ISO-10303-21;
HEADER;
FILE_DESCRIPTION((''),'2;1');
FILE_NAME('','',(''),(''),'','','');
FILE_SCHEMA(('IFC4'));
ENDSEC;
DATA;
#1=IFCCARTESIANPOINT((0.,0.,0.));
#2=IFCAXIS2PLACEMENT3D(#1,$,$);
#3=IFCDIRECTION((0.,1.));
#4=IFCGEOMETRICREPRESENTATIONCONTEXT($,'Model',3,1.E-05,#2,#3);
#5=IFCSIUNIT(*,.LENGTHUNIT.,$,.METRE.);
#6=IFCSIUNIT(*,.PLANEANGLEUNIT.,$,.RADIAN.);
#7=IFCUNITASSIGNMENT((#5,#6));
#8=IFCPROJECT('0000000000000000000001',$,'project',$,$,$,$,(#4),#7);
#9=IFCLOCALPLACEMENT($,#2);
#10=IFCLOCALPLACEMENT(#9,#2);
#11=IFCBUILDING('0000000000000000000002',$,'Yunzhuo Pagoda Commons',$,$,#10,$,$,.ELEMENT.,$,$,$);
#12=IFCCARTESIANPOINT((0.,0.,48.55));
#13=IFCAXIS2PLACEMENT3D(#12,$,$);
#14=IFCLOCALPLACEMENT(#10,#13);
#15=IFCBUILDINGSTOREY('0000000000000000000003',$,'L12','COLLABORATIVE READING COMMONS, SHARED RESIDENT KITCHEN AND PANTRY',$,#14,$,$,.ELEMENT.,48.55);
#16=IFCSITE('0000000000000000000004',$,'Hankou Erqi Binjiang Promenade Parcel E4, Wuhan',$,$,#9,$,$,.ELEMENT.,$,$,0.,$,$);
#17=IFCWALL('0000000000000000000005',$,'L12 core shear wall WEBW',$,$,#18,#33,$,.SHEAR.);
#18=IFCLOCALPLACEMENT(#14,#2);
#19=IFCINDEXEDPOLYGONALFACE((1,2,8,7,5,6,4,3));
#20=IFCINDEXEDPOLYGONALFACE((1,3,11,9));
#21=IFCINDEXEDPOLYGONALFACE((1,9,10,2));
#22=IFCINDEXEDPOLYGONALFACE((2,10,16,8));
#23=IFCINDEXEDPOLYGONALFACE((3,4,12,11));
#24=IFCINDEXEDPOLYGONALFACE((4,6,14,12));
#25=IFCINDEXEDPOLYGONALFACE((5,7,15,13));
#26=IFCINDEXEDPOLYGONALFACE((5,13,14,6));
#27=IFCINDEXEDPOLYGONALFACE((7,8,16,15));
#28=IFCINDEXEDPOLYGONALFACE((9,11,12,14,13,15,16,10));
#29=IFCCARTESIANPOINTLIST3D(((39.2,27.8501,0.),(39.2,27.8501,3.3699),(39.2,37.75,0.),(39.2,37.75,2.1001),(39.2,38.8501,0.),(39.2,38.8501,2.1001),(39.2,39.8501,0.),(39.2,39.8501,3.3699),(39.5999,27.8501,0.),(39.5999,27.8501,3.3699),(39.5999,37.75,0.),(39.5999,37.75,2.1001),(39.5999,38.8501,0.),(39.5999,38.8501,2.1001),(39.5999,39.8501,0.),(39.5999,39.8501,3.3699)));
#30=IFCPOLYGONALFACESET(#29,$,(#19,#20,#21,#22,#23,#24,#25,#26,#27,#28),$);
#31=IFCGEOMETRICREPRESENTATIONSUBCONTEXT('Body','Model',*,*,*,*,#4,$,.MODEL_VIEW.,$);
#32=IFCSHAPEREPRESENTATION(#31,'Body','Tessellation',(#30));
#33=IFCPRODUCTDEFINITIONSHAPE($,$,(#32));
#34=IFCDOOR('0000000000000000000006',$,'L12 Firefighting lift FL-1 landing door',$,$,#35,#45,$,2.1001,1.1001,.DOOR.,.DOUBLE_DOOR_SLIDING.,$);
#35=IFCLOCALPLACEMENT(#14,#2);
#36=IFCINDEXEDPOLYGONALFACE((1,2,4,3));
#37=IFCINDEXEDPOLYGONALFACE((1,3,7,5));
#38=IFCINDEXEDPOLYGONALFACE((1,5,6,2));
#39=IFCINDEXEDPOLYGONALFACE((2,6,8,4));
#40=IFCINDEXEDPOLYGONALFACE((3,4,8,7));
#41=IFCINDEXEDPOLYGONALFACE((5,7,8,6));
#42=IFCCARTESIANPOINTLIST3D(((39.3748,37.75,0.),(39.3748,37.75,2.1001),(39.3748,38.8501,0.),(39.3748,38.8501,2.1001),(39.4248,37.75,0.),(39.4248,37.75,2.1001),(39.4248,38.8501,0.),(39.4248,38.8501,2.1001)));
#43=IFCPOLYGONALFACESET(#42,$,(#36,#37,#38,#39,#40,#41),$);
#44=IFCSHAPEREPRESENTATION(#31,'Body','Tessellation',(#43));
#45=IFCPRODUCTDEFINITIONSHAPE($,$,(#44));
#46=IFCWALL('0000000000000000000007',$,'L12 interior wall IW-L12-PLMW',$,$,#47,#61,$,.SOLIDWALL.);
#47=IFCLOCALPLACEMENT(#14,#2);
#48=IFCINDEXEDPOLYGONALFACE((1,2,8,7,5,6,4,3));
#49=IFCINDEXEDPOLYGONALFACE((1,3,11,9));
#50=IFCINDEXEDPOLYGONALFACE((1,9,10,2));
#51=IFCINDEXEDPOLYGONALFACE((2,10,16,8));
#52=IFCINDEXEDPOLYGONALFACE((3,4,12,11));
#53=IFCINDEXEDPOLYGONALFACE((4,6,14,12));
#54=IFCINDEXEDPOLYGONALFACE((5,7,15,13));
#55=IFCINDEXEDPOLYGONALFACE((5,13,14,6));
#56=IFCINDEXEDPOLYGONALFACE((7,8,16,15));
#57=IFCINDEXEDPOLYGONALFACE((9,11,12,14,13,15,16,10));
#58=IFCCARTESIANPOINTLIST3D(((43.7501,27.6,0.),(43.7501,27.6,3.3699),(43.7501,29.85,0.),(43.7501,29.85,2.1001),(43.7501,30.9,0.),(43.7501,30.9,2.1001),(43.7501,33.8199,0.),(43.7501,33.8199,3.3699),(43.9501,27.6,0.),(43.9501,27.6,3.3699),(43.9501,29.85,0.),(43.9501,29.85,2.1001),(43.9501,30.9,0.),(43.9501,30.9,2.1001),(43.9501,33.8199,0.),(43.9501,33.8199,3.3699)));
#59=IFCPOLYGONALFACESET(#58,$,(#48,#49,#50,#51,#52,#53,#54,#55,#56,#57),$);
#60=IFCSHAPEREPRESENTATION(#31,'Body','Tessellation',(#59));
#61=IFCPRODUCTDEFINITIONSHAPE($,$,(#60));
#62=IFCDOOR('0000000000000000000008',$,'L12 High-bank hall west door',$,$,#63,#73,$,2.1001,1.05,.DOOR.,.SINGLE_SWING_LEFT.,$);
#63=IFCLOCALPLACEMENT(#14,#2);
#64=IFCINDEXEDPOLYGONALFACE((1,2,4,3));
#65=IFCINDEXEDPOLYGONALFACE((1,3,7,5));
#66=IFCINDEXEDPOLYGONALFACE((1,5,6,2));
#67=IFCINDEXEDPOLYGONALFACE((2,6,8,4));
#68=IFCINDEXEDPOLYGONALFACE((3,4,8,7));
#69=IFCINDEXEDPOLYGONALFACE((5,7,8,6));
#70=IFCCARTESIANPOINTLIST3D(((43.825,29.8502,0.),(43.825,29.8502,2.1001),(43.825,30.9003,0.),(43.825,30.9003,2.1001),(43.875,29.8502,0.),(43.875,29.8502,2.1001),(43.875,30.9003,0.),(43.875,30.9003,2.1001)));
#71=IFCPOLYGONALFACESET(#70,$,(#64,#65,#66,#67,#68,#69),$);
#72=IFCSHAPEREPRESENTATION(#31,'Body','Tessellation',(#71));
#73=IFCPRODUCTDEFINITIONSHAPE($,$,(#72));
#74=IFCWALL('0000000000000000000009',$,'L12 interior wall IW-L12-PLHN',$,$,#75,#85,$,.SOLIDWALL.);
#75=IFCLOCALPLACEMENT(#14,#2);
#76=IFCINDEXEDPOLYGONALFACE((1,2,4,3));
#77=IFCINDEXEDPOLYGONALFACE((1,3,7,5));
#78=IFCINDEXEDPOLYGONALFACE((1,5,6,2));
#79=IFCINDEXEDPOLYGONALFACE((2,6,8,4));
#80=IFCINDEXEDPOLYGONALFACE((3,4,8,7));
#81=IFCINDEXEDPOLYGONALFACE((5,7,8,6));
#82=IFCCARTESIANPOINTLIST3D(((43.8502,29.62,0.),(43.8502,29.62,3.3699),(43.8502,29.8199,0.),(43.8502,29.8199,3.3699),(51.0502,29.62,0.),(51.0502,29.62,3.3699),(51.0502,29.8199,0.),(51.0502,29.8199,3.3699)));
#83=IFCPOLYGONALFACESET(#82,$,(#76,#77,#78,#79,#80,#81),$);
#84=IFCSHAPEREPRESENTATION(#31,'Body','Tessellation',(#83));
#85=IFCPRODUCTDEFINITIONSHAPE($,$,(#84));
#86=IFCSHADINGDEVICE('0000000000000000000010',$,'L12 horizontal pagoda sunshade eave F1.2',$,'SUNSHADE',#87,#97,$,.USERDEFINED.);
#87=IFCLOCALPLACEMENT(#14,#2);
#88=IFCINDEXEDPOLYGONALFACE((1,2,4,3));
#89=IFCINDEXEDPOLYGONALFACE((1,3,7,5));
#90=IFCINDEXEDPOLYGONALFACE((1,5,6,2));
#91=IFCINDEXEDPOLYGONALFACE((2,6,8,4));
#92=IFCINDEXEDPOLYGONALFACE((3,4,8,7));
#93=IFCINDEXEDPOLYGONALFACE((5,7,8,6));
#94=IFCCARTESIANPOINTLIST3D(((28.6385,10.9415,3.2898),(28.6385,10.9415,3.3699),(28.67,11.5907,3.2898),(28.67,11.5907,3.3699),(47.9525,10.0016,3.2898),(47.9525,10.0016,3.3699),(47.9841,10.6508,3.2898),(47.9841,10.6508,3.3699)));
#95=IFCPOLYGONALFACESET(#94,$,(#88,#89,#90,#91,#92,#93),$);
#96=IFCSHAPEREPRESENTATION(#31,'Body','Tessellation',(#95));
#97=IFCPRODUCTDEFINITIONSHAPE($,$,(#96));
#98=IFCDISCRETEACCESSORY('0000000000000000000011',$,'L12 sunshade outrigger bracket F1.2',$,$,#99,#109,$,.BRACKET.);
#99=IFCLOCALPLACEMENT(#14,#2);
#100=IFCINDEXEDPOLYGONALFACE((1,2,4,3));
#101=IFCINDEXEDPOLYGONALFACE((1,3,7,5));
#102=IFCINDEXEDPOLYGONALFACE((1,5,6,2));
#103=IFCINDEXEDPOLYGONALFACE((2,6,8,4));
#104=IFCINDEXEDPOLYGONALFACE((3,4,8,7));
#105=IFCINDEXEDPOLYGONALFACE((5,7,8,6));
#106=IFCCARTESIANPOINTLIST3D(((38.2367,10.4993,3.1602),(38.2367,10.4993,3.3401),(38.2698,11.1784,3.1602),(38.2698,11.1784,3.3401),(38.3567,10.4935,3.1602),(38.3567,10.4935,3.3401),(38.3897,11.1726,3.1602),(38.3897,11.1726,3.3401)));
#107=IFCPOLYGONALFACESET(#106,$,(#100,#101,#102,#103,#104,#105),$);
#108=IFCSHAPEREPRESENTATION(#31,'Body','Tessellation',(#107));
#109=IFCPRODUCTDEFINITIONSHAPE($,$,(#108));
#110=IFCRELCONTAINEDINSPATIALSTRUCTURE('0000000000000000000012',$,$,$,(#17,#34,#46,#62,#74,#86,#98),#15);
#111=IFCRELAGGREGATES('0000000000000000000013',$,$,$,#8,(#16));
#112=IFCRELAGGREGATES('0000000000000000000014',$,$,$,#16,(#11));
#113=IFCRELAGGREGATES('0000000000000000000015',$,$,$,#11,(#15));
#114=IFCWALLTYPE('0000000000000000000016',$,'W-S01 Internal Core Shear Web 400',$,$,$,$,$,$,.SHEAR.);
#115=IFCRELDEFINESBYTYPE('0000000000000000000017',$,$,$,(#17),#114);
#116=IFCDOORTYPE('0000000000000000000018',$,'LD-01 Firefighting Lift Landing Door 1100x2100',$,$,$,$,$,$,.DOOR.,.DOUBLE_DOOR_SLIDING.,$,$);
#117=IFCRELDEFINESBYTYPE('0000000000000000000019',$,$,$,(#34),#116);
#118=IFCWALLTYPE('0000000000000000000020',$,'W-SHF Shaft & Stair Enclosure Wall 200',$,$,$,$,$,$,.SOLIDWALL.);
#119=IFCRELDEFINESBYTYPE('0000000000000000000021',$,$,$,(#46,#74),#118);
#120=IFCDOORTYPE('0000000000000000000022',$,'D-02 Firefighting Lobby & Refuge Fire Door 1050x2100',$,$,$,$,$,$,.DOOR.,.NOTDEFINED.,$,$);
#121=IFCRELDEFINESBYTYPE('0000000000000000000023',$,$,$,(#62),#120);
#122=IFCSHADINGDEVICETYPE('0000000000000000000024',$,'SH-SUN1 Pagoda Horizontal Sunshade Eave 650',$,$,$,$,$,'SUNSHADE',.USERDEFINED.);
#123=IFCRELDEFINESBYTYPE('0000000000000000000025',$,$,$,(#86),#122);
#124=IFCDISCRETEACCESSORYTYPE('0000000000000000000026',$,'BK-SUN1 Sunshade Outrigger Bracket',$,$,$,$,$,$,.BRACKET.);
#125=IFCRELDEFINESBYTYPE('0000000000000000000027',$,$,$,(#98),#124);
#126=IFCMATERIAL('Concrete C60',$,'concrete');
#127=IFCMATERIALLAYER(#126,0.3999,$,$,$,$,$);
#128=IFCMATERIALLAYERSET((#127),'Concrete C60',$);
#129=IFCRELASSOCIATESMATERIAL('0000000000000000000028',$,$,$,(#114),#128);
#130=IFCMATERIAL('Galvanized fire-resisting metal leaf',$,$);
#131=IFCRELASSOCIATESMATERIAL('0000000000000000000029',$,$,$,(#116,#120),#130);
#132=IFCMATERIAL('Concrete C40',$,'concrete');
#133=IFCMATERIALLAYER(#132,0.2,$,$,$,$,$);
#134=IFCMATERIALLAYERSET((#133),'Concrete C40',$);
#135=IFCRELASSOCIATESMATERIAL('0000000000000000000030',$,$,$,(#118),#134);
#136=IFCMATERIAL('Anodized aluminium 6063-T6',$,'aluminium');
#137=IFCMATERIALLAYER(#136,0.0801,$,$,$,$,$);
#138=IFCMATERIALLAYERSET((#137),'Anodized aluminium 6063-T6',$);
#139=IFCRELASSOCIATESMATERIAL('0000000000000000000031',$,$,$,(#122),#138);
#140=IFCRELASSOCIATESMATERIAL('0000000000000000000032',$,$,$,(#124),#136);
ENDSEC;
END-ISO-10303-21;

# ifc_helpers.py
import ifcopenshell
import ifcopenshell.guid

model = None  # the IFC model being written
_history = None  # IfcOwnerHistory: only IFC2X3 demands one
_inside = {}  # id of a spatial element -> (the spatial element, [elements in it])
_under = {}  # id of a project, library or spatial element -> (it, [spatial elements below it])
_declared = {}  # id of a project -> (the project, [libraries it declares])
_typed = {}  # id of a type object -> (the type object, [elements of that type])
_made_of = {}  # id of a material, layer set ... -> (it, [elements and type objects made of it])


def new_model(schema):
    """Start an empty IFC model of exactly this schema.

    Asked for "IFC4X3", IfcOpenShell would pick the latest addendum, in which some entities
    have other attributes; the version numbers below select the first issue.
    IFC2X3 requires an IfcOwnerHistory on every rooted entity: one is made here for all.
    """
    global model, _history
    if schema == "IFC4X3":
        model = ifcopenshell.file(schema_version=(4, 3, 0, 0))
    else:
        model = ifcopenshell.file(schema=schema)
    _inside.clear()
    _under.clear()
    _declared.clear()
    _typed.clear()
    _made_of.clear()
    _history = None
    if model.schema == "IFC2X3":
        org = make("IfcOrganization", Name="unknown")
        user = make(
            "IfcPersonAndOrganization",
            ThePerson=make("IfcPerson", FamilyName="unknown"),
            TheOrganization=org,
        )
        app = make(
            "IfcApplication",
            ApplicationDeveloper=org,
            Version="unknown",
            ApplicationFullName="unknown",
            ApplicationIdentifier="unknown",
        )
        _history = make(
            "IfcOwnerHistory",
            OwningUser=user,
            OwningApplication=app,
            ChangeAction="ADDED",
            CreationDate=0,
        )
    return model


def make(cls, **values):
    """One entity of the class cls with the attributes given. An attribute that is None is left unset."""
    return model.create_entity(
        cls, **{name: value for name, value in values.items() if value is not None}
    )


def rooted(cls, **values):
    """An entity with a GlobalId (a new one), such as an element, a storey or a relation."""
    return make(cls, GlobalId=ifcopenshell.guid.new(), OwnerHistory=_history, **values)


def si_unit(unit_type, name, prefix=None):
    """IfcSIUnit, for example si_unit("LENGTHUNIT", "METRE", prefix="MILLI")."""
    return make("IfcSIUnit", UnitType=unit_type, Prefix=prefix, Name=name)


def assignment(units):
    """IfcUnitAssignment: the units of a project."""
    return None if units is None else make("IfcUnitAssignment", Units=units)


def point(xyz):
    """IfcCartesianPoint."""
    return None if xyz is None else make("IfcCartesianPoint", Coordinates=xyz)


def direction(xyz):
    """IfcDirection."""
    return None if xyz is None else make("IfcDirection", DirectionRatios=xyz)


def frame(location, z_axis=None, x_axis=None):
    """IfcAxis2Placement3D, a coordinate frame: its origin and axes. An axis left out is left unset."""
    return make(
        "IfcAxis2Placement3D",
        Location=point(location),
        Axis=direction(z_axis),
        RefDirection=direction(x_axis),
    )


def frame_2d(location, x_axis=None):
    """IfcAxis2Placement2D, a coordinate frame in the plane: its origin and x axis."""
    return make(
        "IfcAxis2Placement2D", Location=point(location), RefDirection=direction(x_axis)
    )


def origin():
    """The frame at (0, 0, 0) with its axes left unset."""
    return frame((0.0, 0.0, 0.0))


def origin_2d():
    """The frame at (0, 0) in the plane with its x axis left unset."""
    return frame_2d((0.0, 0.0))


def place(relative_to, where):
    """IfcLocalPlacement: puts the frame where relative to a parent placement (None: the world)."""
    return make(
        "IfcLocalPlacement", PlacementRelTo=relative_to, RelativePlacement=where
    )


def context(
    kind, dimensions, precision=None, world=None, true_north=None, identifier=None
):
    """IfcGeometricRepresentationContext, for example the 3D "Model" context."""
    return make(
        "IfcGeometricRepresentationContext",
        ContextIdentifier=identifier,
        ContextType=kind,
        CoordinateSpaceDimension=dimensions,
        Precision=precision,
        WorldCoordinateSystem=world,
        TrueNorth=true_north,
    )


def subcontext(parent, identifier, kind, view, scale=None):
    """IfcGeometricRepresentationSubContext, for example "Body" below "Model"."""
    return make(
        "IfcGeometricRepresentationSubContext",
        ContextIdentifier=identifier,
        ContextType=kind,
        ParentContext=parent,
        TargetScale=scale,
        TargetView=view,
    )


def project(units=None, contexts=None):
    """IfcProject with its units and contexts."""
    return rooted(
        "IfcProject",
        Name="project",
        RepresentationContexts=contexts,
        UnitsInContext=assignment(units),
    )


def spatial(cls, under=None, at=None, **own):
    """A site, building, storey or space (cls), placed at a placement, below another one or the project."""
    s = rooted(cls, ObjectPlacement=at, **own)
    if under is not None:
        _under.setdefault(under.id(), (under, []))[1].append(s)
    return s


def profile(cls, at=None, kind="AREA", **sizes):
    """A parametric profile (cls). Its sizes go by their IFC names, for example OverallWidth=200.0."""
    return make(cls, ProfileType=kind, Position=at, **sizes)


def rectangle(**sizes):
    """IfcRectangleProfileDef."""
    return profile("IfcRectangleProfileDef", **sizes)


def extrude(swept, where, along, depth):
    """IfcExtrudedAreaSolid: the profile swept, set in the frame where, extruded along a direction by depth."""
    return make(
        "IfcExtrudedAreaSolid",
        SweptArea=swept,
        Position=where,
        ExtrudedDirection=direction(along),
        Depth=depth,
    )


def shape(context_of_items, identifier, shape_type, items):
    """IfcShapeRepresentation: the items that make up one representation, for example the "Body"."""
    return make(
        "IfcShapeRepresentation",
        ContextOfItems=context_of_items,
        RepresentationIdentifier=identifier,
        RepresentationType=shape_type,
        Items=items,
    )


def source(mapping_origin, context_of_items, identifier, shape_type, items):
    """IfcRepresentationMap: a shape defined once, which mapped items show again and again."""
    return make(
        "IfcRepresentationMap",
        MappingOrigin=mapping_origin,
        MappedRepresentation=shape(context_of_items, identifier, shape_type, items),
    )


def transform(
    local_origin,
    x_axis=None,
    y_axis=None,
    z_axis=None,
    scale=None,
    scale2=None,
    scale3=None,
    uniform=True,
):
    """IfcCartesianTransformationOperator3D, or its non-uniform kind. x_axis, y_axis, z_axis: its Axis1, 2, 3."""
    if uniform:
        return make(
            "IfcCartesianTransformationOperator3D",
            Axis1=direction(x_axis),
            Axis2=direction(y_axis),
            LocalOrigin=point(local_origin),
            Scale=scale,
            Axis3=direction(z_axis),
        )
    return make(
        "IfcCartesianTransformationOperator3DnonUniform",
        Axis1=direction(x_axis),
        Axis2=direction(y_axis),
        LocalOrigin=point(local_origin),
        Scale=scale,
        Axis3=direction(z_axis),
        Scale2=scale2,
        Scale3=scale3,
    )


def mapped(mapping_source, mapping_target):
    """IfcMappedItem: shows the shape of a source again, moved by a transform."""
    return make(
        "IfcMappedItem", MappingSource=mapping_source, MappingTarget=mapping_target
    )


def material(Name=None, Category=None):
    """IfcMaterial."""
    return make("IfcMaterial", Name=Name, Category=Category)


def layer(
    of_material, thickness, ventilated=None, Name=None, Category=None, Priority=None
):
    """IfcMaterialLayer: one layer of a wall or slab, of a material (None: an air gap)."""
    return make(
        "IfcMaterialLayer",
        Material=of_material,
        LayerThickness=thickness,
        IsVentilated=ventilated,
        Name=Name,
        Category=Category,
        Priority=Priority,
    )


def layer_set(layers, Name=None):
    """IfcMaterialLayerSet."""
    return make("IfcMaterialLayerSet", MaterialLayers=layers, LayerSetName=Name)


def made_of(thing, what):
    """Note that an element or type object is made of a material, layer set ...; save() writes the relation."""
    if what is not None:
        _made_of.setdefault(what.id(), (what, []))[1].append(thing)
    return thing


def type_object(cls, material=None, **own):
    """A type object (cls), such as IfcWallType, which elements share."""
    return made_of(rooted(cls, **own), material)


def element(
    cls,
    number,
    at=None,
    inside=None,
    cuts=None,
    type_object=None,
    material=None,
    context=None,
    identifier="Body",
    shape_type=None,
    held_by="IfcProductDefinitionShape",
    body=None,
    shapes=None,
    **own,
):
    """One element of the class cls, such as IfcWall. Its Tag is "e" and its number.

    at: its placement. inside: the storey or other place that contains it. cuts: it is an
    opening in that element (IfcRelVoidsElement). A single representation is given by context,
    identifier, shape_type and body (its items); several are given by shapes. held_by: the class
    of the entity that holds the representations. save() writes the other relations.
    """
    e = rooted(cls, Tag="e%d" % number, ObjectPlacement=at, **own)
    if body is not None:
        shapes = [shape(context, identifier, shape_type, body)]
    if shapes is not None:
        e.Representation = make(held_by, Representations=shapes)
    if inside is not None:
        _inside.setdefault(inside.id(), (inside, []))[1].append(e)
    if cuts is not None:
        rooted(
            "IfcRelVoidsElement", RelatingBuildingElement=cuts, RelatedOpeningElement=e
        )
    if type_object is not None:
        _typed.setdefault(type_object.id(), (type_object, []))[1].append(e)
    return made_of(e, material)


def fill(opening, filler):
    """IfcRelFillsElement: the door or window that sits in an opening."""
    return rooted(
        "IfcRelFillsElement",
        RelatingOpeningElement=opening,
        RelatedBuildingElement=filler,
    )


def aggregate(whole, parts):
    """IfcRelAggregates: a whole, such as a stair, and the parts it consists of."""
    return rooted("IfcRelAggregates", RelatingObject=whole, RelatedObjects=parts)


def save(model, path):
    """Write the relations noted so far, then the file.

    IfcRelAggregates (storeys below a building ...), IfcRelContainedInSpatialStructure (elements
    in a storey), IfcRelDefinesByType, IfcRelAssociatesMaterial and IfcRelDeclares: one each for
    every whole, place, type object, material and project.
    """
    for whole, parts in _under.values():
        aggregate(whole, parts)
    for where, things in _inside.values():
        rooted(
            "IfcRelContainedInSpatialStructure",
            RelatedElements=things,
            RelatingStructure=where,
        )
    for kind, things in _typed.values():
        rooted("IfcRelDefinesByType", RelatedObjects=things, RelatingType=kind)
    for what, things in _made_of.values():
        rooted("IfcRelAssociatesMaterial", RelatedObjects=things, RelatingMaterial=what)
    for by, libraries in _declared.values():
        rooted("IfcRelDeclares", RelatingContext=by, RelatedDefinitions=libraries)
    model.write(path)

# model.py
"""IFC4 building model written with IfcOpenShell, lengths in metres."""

from ifc_helpers import new_model, si_unit, direction, frame, frame_2d, origin, origin_2d, place, context, subcontext, project, spatial, rectangle, extrude, source, transform, mapped, material, layer, layer_set, type_object, element, fill, save


model = new_model("IFC4")

# Units and contexts
model_context = context("Model", 3, precision=1e-05, world=origin(), true_north=direction((0.0, 1.0)))
body_context = subcontext(model_context, "Body", "Model", "MODEL_VIEW")
ifc_project = project(units=[si_unit("LENGTHUNIT", "METRE"), si_unit("PLANEANGLEUNIT", "RADIAN")], contexts=[model_context])

# Site, building, storey
site_placement = place(None, origin())
site = spatial("IfcSite", under=ifc_project, at=site_placement, Name="Hankou Erqi Binjiang Promenade Parcel E4, Wuhan", CompositionType="ELEMENT", RefElevation=0.0)
building_placement = place(site_placement, origin())
building = spatial("IfcBuilding", under=site, at=building_placement, Name="Yunzhuo Pagoda Commons", CompositionType="ELEMENT")
storey_placement = place(building_placement, frame((0.0, 0.0, 48.55)))
storey = spatial("IfcBuildingStorey", under=building, at=storey_placement, Name="L12", Description="COLLABORATIVE READING COMMONS, SHARED RESIDENT KITCHEN AND PANTRY", CompositionType="ELEMENT", Elevation=48.55)

# Shared definitions
ifc_material_1 = material(Name="Anodized aluminium 6063-T6", Category="aluminium")

# Shared definitions
ifc_material_2 = material(Name="Galvanized fire-resisting metal leaf")

# Walls, openings, doors
ifc_material_3 = material(Name="Concrete C60", Category="concrete")
ifc_layer_1 = layer(ifc_material_3, 0.3999)
ifc_layer_set_1 = layer_set([ifc_layer_1], Name="Concrete C60")
wall_type_1 = type_object("IfcWallType", Name="W-S01 Internal Core Shear Web 400", PredefinedType="SHEAR", material=ifc_layer_set_1)
wall_1_placement = place(storey_placement, frame((39.3999, 27.8501, 0.0), z_axis=(0.0, 0.0, 1.0), x_axis=(0.0, 1.0, 0.0)))
wall_1 = element("IfcWall", 1, at=wall_1_placement, inside=storey, type_object=wall_type_1, Name="L12 core shear wall WEBW", PredefinedType="SHEAR", context=body_context, shape_type="SweptSolid", body=[
    extrude(rectangle(XDim=12.0, YDim=0.3999, at=frame_2d((6.0, 0.0))), origin(), (0.0, 0.0, 1.0), 3.3699),
])
opening_1_placement = place(wall_1_placement, frame((9.8999, 0.0, 0.0)))
opening_1 = element("IfcOpeningElement", 2, at=opening_1_placement, cuts=wall_1, PredefinedType="OPENING", context=body_context, shape_type="SweptSolid", body=[
    extrude(rectangle(XDim=1.1001, YDim=2.1001, at=frame_2d((0.55, 1.05))), frame((0.0, 0.21, 0.0), z_axis=(0.0, -1.0, 0.0), x_axis=(1.0, 0.0, 0.0)), (0.0, 0.0, 1.0), 0.4199),
])
door_type_1 = type_object("IfcDoorType", Name="LD-01 Firefighting Lift Landing Door 1100x2100", OperationType="DOUBLE_DOOR_SLIDING", PredefinedType="DOOR", material=ifc_material_2)
shared_shape_1 = source(origin(), body_context, "Body", "SweptSolid", [
    extrude(rectangle(XDim=1.1001, YDim=2.1001, at=frame_2d((0.55, 1.05))), frame((0.0, 0.0249, 0.0), z_axis=(0.0, -1.0, 0.0), x_axis=(1.0, 0.0, 0.0)), (0.0, 0.0, 1.0), 0.05),
])
door_1_placement = place(opening_1_placement, frame((1.1001, 0.0, 0.0), z_axis=(0.0, 0.0, 1.0), x_axis=(-1.0, 0.0, 0.0)))
door_1 = element("IfcDoor", 3, at=door_1_placement, inside=storey, type_object=door_type_1, Name="L12 Firefighting lift FL-1 landing door", OperationType="DOUBLE_DOOR_SLIDING", OverallHeight=2.1001, OverallWidth=1.1001, PredefinedType="DOOR", context=body_context, shape_type="MappedRepresentation", body=[
    mapped(shared_shape_1, transform((0.0, 0.0, 0.0), scale=1.0)),
])
fill(opening_1, door_1)
ifc_material_4 = material(Name="Concrete C40", Category="concrete")
ifc_layer_2 = layer(ifc_material_4, 0.2)
ifc_layer_set_2 = layer_set([ifc_layer_2], Name="Concrete C40")
wall_type_2 = type_object("IfcWallType", Name="W-SHF Shaft & Stair Enclosure Wall 200", PredefinedType="SOLIDWALL", material=ifc_layer_set_2)
wall_2_placement = place(storey_placement, frame((43.8501, 27.6001, 0.0), z_axis=(0.0, 0.0, 1.0), x_axis=(0.0, 1.0, 0.0)))
wall_2 = element("IfcWall", 4, at=wall_2_placement, inside=storey, type_object=wall_type_2, Name="L12 interior wall IW-L12-PLMW", PredefinedType="SOLIDWALL", context=body_context, shape_type="SweptSolid", body=[
    extrude(rectangle(XDim=6.22, YDim=0.2, at=frame_2d((3.1099, 0.0))), origin(), (0.0, 0.0, 1.0), 3.3699),
])
opening_2_placement = place(wall_2_placement, frame((2.25, 0.0, 0.0)))
opening_2 = element("IfcOpeningElement", 5, at=opening_2_placement, cuts=wall_2, PredefinedType="OPENING", context=body_context, shape_type="SweptSolid", body=[
    extrude(rectangle(XDim=1.05, YDim=2.1001, at=frame_2d((0.5249, 1.05))), frame((0.0, 0.1099, 0.0), z_axis=(0.0, -1.0, 0.0), x_axis=(1.0, 0.0, 0.0)), (0.0, 0.0, 1.0), 0.22),
])
door_type_2 = type_object("IfcDoorType", Name="D-02 Firefighting Lobby & Refuge Fire Door 1050x2100", OperationType="NOTDEFINED", PredefinedType="DOOR", material=ifc_material_2)
shared_shape_2 = source(origin(), body_context, "Body", "SweptSolid", [
    extrude(rectangle(XDim=1.05, YDim=2.1001, at=frame_2d((0.5249, 1.05))), frame((0.0, 0.0249, 0.0), z_axis=(0.0, -1.0, 0.0), x_axis=(1.0, 0.0, 0.0)), (0.0, 0.0, 1.0), 0.05),
])
door_2_placement = place(opening_2_placement, frame((1.05, 0.0, 0.0), z_axis=(0.0, 0.0, 1.0), x_axis=(-1.0, 0.0, 0.0)))
door_2 = element("IfcDoor", 6, at=door_2_placement, inside=storey, type_object=door_type_2, Name="L12 High-bank hall west door", OperationType="SINGLE_SWING_LEFT", OverallHeight=2.1001, OverallWidth=1.05, PredefinedType="DOOR", context=body_context, shape_type="MappedRepresentation", body=[
    mapped(shared_shape_2, transform((0.0, 0.0, 0.0), scale=1.0)),
])
fill(opening_2, door_2)

# Wall
wall_3_placement = place(storey_placement, frame((43.8501, 29.72, 0.0), z_axis=(0.0, 0.0, 1.0), x_axis=(1.0, 0.0, 0.0)))
element("IfcWall", 7, at=wall_3_placement, inside=storey, type_object=wall_type_2, Name="L12 interior wall IW-L12-PLHN", PredefinedType="SOLIDWALL", context=body_context, shape_type="SweptSolid", body=[
    extrude(rectangle(XDim=7.2, YDim=0.2, at=frame_2d((3.6001, 0.0))), origin(), (0.0, 0.0, 1.0), 3.3699),
])

# Shading device
ifc_layer_3 = layer(ifc_material_1, 0.0801)
ifc_layer_set_3 = layer_set([ifc_layer_3], Name="Anodized aluminium 6063-T6")
shading_device_type = type_object("IfcShadingDeviceType", Name="SH-SUN1 Pagoda Horizontal Sunshade Eave 650", ElementType="SUNSHADE", PredefinedType="USERDEFINED", material=ifc_layer_set_3)
shared_shape_3 = source(origin(), body_context, "Body", "SweptSolid", [
    extrude(rectangle(XDim=19.3369, YDim=0.6499, at=origin_2d()), origin(), (0.0, 0.0, 1.0), 0.0801),
])
shading_device_placement = place(storey_placement, frame((38.3113, 10.7961, 3.2898), z_axis=(0.0, 0.0, 1.0), x_axis=(0.998818, -0.048606, 0.0)))
element("IfcShadingDevice", 8, at=shading_device_placement, inside=storey, type_object=shading_device_type, Name="L12 horizontal pagoda sunshade eave F1.2", ObjectType="SUNSHADE", PredefinedType="USERDEFINED", context=body_context, shape_type="MappedRepresentation", body=[
    mapped(shared_shape_3, transform((0.0, 0.0, 0.0), scale=1.0)),
])

# Discrete accessory
discrete_accessory_type = type_object("IfcDiscreteAccessoryType", Name="BK-SUN1 Sunshade Outrigger Bracket", PredefinedType="BRACKET", material=ifc_material_1)
shared_shape_4 = source(origin(), body_context, "Body", "SweptSolid", [
    extrude(rectangle(XDim=0.1201, YDim=0.6799, at=origin_2d()), origin(), (0.0, 0.0, 1.0), 0.1799),
])
discrete_accessory_placement = place(storey_placement, frame((38.3132, 10.8359, 3.1602), z_axis=(0.0, 0.0, 1.0), x_axis=(0.998818, -0.048606, 0.0)))
element("IfcDiscreteAccessory", 9, at=discrete_accessory_placement, inside=storey, type_object=discrete_accessory_type, Name="L12 sunshade outrigger bracket F1.2", PredefinedType="BRACKET", context=body_context, shape_type="MappedRepresentation", body=[
    mapped(shared_shape_4, transform((0.0, 0.0, 0.0), scale=1.0)),
])

save(model, "model.ifc")
